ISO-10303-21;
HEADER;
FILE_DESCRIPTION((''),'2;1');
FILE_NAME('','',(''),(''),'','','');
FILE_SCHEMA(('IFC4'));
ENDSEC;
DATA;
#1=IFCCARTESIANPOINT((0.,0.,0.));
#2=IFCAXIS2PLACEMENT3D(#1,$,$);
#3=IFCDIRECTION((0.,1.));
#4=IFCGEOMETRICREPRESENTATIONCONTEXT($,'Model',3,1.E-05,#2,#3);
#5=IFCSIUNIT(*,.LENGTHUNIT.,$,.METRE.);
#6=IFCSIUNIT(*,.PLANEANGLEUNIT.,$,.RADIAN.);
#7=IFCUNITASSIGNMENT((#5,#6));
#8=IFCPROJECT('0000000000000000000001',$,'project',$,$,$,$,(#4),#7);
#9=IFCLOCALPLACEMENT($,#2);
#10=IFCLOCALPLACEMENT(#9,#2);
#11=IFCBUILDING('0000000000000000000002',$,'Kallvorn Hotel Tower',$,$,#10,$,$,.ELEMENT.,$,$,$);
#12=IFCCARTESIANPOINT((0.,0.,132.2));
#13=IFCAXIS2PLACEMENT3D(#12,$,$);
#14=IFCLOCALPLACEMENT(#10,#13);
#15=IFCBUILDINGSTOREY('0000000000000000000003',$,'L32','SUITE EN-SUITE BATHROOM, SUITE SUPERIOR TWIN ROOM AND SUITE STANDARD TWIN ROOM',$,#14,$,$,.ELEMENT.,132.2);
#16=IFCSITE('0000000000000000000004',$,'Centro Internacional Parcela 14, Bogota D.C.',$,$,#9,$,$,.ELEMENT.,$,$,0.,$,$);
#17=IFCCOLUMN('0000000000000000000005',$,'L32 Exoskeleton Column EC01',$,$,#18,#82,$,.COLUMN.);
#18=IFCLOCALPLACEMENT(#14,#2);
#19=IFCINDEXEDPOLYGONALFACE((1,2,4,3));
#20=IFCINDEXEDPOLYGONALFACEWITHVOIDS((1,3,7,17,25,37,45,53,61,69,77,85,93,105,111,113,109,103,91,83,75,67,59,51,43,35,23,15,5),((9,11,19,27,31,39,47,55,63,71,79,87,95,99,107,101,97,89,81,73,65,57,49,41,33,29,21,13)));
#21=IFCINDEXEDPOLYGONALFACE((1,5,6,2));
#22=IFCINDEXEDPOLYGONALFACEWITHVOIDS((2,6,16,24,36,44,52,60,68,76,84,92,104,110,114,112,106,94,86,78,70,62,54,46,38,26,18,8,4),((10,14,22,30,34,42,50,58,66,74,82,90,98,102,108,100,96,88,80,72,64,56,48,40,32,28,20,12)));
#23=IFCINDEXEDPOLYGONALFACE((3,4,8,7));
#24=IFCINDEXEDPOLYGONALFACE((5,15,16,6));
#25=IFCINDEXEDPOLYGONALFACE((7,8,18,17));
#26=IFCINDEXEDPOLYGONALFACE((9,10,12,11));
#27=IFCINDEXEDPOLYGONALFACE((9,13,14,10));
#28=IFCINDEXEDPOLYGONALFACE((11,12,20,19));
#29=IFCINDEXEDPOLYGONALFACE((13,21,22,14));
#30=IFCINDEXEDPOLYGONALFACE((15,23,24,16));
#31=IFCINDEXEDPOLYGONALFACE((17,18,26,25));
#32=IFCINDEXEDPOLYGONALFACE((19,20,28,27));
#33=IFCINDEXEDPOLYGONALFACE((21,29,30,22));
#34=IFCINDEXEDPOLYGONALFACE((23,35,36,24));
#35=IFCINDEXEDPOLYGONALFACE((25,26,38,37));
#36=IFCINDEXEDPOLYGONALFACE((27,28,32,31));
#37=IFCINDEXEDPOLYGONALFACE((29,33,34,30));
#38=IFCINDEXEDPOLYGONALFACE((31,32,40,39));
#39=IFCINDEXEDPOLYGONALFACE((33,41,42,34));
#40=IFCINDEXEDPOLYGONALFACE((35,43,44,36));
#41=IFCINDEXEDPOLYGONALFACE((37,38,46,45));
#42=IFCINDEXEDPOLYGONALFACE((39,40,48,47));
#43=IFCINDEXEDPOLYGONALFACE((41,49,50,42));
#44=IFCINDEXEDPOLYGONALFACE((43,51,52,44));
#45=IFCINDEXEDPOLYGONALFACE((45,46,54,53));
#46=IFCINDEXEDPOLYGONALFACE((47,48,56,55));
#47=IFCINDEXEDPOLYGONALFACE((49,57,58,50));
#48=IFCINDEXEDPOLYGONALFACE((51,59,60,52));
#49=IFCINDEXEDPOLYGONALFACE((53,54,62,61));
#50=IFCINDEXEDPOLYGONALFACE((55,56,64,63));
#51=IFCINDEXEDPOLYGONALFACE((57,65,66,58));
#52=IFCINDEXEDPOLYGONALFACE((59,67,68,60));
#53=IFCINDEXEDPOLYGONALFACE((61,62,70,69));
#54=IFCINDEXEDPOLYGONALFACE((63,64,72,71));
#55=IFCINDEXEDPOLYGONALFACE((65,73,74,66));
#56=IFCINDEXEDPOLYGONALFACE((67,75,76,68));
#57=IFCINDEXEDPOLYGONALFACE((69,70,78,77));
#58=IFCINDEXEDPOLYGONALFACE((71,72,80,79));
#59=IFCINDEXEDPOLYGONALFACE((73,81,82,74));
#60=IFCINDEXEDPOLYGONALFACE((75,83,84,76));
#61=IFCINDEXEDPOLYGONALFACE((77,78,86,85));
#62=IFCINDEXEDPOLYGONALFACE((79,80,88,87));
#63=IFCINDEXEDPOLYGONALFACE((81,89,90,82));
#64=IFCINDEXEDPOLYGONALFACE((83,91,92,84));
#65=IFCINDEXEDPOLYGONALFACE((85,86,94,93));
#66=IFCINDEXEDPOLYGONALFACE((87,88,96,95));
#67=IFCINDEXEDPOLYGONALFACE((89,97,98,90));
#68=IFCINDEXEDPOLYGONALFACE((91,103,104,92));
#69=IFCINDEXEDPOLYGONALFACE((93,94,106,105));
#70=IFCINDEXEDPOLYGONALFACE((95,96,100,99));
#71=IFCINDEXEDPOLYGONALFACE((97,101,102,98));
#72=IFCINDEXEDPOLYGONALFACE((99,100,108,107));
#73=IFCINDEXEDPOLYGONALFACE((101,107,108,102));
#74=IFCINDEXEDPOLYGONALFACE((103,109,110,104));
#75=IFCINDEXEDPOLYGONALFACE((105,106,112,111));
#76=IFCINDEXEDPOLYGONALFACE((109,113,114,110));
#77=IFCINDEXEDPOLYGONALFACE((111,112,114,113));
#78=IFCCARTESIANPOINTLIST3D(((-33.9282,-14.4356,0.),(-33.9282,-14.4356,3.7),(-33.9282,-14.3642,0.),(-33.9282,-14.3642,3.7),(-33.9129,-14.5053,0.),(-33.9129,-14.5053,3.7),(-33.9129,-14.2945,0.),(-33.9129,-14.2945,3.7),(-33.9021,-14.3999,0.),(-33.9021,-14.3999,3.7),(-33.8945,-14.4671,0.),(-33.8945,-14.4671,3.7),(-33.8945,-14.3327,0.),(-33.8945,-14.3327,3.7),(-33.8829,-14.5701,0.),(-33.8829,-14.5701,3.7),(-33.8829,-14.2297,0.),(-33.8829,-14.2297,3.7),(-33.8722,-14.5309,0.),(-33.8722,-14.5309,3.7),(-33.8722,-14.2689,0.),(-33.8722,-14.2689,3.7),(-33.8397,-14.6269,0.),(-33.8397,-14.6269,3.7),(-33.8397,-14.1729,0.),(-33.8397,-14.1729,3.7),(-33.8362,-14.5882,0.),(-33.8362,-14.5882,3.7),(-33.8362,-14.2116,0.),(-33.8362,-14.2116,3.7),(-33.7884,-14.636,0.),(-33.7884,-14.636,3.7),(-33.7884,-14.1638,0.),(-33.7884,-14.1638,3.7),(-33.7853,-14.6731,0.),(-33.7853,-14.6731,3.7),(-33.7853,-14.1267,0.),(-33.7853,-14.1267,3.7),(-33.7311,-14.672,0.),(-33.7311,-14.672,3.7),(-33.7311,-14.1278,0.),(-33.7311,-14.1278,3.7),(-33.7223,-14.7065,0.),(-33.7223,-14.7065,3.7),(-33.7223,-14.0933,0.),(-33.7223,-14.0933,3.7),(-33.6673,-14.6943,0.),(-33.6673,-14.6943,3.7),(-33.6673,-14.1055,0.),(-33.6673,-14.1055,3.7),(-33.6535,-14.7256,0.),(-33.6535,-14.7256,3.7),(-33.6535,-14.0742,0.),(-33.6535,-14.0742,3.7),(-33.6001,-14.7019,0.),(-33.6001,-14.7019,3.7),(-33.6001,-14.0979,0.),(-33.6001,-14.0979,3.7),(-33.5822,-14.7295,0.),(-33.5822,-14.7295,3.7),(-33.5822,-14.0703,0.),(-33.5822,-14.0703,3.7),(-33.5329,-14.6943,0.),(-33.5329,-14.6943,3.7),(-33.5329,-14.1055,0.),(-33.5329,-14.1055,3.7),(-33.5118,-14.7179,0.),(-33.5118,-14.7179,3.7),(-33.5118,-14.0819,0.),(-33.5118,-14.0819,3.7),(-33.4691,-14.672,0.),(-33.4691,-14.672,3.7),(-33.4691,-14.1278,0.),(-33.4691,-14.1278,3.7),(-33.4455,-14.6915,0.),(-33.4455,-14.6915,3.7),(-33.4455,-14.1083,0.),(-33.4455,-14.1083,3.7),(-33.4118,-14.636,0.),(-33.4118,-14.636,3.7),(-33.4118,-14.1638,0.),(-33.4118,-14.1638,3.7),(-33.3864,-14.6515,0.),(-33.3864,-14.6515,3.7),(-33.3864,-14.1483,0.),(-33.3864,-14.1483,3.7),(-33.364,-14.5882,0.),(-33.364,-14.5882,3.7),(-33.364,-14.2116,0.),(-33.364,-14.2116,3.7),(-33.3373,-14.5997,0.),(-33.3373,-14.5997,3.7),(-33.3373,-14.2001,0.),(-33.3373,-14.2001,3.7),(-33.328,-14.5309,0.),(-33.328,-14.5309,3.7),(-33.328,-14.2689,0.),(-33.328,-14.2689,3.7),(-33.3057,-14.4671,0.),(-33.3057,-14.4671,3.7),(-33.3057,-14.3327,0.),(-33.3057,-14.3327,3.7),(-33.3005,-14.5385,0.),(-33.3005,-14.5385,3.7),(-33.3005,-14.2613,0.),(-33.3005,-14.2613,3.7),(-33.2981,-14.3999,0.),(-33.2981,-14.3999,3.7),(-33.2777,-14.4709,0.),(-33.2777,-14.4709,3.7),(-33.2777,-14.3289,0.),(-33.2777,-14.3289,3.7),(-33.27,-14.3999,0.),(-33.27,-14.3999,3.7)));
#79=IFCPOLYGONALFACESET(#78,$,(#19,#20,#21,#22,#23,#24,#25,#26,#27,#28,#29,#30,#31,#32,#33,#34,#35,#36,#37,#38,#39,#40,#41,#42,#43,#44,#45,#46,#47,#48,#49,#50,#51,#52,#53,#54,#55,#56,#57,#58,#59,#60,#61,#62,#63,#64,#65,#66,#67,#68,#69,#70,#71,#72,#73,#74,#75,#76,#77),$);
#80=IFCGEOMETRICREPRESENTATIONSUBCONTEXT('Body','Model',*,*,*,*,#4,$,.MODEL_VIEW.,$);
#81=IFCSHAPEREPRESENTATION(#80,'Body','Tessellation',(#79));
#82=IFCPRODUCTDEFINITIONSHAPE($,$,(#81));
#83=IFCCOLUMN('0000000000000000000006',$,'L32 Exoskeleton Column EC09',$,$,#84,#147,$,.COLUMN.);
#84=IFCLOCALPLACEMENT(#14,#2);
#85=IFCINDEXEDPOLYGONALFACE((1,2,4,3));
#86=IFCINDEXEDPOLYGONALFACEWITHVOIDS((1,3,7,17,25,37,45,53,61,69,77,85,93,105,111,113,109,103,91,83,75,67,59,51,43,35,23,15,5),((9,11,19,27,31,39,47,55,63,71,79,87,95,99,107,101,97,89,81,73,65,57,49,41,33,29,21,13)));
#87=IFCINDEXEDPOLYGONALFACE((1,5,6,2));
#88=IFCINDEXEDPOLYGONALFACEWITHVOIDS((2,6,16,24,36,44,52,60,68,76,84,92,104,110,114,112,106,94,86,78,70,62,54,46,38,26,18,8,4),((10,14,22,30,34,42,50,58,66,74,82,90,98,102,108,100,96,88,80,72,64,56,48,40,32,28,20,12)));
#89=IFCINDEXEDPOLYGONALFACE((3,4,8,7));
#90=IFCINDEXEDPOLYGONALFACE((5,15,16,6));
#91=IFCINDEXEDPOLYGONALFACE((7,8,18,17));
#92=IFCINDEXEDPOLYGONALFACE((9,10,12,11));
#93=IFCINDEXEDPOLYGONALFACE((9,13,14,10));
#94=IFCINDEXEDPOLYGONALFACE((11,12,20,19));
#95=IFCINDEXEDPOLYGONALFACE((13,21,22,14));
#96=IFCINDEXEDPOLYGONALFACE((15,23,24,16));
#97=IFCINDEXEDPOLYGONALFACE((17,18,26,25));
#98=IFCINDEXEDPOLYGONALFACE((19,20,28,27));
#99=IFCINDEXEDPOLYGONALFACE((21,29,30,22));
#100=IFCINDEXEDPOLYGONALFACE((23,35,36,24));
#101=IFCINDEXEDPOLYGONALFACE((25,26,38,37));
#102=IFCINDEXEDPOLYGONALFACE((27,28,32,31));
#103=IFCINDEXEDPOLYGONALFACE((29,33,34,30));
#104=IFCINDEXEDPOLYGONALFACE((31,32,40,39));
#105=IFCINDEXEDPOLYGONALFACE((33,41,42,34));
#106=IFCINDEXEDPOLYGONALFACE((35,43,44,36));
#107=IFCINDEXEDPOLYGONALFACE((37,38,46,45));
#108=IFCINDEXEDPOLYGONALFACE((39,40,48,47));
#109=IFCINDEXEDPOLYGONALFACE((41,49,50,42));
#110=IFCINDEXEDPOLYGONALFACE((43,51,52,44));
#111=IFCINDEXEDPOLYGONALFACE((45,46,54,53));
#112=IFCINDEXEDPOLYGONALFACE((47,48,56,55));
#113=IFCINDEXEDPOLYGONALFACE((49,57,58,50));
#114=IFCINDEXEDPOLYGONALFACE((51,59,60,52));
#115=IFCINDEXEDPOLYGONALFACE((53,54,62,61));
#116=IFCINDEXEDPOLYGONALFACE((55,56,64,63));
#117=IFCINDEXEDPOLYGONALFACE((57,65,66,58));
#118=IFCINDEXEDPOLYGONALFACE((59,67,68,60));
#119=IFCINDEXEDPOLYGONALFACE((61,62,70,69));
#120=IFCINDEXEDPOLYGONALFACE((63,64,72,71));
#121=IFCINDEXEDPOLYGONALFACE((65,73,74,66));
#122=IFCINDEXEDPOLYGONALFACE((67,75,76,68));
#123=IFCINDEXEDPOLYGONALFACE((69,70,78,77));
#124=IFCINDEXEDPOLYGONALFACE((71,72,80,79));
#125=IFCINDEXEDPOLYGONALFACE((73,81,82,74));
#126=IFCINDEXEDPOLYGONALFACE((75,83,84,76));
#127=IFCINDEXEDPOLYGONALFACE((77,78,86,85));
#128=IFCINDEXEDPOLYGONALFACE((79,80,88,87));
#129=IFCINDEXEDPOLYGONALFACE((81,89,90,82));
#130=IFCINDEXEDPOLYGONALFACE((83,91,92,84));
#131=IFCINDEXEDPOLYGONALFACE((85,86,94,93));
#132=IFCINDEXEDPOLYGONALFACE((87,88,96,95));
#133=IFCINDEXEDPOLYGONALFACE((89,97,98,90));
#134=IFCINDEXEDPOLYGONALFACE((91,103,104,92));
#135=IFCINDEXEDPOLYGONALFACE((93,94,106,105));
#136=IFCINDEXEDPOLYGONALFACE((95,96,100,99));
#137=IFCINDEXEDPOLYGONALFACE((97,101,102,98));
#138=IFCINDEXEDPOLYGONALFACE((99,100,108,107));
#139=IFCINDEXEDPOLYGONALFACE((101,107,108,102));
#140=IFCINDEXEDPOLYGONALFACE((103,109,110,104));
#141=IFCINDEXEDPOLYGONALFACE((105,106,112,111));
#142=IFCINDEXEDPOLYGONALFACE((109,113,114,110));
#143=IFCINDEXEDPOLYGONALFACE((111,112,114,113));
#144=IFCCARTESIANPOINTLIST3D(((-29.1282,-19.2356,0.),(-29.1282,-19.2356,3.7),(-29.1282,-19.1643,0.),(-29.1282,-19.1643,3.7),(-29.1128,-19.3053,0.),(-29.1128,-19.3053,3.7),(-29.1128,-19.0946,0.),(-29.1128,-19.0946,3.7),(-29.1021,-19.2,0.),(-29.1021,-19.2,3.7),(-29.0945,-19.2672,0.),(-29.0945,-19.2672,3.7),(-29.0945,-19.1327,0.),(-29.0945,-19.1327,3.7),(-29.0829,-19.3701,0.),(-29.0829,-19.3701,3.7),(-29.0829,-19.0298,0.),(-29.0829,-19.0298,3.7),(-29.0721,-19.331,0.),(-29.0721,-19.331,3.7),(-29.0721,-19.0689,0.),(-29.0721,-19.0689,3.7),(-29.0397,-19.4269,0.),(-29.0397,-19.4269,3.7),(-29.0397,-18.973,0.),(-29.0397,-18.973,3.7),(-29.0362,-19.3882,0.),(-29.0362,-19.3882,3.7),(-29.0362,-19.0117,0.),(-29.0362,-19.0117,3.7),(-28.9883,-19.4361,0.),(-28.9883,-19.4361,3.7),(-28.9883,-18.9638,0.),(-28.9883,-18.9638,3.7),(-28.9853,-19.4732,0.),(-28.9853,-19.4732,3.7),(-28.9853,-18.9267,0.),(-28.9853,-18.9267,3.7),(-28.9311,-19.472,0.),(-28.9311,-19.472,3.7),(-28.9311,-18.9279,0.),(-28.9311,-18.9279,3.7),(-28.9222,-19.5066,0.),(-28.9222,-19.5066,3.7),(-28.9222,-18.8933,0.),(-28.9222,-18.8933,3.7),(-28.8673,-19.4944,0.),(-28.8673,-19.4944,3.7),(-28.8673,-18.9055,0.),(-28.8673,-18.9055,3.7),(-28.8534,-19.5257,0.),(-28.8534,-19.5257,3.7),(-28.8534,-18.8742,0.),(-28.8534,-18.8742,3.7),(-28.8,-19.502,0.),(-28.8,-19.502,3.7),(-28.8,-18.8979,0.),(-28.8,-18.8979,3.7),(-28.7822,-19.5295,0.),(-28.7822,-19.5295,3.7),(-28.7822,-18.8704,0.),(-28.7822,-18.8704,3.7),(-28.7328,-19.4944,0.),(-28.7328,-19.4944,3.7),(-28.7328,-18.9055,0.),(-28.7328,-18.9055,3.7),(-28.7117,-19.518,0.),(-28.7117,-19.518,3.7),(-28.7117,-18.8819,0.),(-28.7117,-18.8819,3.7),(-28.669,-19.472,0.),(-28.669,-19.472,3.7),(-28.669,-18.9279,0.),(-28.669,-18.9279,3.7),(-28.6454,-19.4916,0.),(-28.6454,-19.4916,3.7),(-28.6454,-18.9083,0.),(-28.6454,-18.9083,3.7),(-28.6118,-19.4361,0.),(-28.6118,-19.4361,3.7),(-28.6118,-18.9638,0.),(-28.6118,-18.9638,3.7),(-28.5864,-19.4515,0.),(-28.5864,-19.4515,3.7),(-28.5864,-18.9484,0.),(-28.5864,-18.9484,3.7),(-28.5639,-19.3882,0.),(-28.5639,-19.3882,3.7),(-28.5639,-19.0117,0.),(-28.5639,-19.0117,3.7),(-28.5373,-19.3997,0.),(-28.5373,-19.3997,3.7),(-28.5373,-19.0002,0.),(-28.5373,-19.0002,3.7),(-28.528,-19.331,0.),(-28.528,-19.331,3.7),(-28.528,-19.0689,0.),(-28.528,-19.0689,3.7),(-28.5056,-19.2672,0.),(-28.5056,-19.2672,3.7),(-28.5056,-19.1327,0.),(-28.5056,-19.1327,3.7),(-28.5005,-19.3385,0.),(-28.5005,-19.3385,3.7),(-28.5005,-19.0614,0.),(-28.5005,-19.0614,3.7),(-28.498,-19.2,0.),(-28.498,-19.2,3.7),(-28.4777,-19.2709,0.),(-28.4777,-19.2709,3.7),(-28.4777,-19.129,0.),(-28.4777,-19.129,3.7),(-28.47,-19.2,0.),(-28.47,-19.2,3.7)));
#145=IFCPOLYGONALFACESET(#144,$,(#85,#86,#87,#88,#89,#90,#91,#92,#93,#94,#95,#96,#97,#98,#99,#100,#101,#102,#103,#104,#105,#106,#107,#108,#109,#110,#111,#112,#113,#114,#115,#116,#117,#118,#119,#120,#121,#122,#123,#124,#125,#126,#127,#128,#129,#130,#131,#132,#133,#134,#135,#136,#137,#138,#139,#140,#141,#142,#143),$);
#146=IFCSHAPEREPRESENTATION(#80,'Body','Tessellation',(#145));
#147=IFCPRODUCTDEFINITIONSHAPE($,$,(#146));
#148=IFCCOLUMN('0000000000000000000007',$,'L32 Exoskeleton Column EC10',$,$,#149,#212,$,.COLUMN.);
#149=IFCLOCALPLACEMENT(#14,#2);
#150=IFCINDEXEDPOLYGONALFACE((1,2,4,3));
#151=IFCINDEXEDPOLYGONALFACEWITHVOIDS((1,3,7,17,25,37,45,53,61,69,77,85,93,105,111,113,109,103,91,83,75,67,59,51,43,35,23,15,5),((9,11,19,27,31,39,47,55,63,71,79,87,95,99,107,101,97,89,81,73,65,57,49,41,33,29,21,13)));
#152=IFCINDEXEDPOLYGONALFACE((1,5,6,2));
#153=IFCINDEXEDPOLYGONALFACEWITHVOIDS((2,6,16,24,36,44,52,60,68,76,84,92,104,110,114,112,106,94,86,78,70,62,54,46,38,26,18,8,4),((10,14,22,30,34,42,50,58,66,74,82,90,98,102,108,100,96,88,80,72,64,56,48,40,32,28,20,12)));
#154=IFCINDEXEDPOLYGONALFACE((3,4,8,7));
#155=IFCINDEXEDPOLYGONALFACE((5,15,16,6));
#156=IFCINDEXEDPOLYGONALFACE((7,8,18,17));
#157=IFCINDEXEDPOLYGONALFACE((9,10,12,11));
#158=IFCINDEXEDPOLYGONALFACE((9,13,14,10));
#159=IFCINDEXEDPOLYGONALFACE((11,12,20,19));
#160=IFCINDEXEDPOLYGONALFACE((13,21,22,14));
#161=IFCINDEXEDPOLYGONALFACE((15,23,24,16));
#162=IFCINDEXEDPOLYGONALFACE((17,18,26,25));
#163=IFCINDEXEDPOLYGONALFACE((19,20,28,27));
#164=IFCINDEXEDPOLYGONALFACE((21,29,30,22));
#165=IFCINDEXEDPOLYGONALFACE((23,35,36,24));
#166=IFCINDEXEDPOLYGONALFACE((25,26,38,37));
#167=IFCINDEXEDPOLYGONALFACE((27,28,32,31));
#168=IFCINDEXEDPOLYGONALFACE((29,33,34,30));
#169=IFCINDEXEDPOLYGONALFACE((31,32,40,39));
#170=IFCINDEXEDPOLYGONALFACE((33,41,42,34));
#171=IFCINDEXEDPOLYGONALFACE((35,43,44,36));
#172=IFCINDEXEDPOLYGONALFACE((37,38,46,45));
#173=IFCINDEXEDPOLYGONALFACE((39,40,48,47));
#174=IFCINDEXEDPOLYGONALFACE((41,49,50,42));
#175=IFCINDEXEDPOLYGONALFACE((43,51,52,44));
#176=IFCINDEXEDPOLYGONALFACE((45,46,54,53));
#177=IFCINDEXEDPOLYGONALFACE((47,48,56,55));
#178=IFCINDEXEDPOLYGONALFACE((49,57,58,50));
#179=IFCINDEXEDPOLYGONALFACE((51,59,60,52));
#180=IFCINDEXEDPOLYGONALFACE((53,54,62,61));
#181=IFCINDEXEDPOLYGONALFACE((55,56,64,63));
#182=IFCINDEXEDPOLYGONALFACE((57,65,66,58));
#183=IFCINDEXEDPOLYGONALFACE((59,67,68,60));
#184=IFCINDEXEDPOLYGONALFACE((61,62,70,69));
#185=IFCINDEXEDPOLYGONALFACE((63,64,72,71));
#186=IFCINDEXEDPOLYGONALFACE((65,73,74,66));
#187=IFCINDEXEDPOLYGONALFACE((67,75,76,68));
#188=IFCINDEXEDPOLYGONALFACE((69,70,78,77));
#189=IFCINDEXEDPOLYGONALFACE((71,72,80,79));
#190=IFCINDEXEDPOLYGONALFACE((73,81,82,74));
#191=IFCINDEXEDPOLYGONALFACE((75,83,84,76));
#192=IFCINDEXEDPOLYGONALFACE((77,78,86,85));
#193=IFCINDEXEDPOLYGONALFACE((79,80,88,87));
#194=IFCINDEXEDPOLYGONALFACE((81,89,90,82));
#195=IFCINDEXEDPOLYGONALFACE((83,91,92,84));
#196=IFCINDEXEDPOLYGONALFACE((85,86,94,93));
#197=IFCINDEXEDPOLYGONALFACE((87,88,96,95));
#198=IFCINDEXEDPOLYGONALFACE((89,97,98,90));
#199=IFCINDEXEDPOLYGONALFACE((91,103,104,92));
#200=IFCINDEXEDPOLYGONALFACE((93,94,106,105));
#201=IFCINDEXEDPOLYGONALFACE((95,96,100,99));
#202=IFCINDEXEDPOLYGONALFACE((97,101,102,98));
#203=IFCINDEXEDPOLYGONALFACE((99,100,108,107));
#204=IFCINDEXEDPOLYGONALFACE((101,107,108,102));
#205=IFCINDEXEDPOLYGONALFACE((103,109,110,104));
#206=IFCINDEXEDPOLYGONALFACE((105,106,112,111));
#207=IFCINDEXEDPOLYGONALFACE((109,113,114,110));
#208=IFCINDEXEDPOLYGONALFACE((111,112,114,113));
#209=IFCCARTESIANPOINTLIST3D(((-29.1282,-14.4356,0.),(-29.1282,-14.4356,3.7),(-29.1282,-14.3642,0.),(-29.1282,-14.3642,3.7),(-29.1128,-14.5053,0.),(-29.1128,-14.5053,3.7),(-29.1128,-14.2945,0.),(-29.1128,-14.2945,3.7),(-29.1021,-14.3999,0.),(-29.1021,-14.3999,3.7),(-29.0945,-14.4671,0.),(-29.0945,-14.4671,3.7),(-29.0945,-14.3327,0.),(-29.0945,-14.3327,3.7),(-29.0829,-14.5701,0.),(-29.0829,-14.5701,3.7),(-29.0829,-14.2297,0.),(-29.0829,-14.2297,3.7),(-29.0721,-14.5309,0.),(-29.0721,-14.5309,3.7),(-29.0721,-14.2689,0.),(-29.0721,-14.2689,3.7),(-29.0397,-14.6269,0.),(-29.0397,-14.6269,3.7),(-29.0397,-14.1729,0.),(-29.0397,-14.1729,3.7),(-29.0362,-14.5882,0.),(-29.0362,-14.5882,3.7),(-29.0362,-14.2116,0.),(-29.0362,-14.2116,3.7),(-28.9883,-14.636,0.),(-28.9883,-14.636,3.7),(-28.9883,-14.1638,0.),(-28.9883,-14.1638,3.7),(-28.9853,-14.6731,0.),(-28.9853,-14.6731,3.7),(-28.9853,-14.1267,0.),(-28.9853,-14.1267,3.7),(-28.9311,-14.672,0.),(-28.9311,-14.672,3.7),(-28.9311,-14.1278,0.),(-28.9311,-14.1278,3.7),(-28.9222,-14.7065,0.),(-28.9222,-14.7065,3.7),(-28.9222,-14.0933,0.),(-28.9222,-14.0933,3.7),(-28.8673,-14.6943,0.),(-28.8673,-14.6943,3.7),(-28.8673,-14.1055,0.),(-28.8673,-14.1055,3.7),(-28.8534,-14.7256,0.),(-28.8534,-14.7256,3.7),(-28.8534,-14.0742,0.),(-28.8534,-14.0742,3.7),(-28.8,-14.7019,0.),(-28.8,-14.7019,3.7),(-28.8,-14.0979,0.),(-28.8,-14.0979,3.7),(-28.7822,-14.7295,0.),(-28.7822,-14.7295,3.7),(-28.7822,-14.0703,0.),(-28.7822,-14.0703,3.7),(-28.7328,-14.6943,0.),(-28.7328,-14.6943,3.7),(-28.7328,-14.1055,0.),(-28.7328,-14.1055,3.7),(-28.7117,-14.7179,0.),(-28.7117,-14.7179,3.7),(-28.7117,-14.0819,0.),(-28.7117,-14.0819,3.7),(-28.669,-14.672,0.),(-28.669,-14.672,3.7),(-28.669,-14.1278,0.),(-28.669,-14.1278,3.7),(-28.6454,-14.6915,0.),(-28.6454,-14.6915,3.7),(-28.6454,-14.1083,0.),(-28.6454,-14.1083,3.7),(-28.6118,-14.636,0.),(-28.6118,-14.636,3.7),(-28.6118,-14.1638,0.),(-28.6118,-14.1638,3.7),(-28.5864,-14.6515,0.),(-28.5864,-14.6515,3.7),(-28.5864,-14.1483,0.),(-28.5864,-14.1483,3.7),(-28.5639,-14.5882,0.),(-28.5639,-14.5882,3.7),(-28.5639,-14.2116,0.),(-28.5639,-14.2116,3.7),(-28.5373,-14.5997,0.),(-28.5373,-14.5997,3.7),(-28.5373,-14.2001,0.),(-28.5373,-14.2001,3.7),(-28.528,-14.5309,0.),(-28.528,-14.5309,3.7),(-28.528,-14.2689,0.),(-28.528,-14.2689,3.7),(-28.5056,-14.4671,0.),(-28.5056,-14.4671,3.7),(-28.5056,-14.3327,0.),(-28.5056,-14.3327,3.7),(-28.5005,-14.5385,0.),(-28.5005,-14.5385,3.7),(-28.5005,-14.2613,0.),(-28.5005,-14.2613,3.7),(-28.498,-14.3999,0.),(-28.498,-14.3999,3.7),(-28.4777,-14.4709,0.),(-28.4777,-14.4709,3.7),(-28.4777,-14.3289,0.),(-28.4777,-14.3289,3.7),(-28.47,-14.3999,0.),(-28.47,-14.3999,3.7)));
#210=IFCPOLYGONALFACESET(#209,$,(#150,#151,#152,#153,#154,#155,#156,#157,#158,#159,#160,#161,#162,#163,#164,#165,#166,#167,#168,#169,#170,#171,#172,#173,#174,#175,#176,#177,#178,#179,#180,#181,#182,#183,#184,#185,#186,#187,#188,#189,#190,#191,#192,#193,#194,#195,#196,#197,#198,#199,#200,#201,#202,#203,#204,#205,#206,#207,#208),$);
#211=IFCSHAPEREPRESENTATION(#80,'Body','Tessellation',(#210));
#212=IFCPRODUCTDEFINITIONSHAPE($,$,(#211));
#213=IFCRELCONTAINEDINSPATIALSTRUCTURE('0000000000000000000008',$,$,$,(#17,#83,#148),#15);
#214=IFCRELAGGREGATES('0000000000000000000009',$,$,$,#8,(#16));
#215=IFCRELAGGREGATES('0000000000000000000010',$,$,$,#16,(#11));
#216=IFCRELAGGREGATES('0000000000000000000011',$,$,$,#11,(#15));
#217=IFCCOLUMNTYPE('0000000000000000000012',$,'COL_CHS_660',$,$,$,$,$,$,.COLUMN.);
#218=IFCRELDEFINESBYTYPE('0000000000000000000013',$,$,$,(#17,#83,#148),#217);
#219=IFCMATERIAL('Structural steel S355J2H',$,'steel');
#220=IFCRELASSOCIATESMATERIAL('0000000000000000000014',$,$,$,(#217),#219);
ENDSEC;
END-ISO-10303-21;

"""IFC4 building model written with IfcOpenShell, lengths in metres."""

from ifc_helpers import new_model, si_unit, direction, frame, origin, origin_2d, place, context, subcontext, project, spatial, hollow_circle, extrude, material, material_profile, profile_set, type_object, element, save


model = new_model("IFC4")

# Units and contexts
model_context = context("Model", 3, precision=1e-05, world=origin(), true_north=direction((0.0, 1.0)))
body_context = subcontext(model_context, "Body", "Model", "MODEL_VIEW")
ifc_project = project(units=[si_unit("LENGTHUNIT", "METRE"), si_unit("PLANEANGLEUNIT", "RADIAN")], contexts=[model_context])

# Site, building, storey
site_placement = place(None, origin())
site = spatial("IfcSite", under=ifc_project, at=site_placement, Name="Centro Internacional Parcela 14, Bogota D.C.", CompositionType="ELEMENT", RefElevation=0.0)
building_placement = place(site_placement, origin())
building = spatial("IfcBuilding", under=site, at=building_placement, Name="Kallvorn Hotel Tower", CompositionType="ELEMENT")
storey_placement = place(building_placement, frame((0.0, 0.0, 132.2)))
storey = spatial("IfcBuildingStorey", under=building, at=storey_placement, Name="L32", Description="SUITE EN-SUITE BATHROOM, SUITE SUPERIOR TWIN ROOM AND SUITE STANDARD TWIN ROOM", CompositionType="ELEMENT", Elevation=132.2)

# Columns
ifc_material_1 = material(Name="Structural steel S355J2H", Category="steel")
ifc_material_profile_1 = material_profile(ifc_material_1, hollow_circle(Radius=0.3301, WallThickness=0.0281, at=origin_2d()), Name="CHS 660x28")
ifc_profile_set_1 = profile_set([ifc_material_profile_1], Name="Structural steel S355J2H")
column_type_1 = type_object("IfcColumnType", Name="COL_CHS_660", PredefinedType="COLUMN", material=ifc_profile_set_1)
for number, where, z_axis, x_axis, name in (
    (1, (-33.6001, -14.3999, 0.0), (0.0, 0.0, 1.0), (1.0, 0.0, 0.0), "L32 Exoskeleton Column EC01"),
    (2, (-28.8, -19.2, 0.0), (0.0, 0.0, 1.0), (1.0, 0.0, 0.0), "L32 Exoskeleton Column EC09"),
    (3, (-28.8, -14.3999, 0.0), (0.0, 0.0, 1.0), (1.0, 0.0, 0.0), "L32 Exoskeleton Column EC10"),
):
    element("IfcColumn", number, at=place(storey_placement, frame(where, z_axis=z_axis, x_axis=x_axis)), inside=storey, type_object=column_type_1, Name=name, PredefinedType="COLUMN", context=body_context, shape_type="SweptSolid", body=[
        extrude(hollow_circle(Radius=0.3301, WallThickness=0.0281, at=origin_2d()), origin(), (0.0, 0.0, 1.0), 3.7),
    ])

save(model, "model.ifc")
